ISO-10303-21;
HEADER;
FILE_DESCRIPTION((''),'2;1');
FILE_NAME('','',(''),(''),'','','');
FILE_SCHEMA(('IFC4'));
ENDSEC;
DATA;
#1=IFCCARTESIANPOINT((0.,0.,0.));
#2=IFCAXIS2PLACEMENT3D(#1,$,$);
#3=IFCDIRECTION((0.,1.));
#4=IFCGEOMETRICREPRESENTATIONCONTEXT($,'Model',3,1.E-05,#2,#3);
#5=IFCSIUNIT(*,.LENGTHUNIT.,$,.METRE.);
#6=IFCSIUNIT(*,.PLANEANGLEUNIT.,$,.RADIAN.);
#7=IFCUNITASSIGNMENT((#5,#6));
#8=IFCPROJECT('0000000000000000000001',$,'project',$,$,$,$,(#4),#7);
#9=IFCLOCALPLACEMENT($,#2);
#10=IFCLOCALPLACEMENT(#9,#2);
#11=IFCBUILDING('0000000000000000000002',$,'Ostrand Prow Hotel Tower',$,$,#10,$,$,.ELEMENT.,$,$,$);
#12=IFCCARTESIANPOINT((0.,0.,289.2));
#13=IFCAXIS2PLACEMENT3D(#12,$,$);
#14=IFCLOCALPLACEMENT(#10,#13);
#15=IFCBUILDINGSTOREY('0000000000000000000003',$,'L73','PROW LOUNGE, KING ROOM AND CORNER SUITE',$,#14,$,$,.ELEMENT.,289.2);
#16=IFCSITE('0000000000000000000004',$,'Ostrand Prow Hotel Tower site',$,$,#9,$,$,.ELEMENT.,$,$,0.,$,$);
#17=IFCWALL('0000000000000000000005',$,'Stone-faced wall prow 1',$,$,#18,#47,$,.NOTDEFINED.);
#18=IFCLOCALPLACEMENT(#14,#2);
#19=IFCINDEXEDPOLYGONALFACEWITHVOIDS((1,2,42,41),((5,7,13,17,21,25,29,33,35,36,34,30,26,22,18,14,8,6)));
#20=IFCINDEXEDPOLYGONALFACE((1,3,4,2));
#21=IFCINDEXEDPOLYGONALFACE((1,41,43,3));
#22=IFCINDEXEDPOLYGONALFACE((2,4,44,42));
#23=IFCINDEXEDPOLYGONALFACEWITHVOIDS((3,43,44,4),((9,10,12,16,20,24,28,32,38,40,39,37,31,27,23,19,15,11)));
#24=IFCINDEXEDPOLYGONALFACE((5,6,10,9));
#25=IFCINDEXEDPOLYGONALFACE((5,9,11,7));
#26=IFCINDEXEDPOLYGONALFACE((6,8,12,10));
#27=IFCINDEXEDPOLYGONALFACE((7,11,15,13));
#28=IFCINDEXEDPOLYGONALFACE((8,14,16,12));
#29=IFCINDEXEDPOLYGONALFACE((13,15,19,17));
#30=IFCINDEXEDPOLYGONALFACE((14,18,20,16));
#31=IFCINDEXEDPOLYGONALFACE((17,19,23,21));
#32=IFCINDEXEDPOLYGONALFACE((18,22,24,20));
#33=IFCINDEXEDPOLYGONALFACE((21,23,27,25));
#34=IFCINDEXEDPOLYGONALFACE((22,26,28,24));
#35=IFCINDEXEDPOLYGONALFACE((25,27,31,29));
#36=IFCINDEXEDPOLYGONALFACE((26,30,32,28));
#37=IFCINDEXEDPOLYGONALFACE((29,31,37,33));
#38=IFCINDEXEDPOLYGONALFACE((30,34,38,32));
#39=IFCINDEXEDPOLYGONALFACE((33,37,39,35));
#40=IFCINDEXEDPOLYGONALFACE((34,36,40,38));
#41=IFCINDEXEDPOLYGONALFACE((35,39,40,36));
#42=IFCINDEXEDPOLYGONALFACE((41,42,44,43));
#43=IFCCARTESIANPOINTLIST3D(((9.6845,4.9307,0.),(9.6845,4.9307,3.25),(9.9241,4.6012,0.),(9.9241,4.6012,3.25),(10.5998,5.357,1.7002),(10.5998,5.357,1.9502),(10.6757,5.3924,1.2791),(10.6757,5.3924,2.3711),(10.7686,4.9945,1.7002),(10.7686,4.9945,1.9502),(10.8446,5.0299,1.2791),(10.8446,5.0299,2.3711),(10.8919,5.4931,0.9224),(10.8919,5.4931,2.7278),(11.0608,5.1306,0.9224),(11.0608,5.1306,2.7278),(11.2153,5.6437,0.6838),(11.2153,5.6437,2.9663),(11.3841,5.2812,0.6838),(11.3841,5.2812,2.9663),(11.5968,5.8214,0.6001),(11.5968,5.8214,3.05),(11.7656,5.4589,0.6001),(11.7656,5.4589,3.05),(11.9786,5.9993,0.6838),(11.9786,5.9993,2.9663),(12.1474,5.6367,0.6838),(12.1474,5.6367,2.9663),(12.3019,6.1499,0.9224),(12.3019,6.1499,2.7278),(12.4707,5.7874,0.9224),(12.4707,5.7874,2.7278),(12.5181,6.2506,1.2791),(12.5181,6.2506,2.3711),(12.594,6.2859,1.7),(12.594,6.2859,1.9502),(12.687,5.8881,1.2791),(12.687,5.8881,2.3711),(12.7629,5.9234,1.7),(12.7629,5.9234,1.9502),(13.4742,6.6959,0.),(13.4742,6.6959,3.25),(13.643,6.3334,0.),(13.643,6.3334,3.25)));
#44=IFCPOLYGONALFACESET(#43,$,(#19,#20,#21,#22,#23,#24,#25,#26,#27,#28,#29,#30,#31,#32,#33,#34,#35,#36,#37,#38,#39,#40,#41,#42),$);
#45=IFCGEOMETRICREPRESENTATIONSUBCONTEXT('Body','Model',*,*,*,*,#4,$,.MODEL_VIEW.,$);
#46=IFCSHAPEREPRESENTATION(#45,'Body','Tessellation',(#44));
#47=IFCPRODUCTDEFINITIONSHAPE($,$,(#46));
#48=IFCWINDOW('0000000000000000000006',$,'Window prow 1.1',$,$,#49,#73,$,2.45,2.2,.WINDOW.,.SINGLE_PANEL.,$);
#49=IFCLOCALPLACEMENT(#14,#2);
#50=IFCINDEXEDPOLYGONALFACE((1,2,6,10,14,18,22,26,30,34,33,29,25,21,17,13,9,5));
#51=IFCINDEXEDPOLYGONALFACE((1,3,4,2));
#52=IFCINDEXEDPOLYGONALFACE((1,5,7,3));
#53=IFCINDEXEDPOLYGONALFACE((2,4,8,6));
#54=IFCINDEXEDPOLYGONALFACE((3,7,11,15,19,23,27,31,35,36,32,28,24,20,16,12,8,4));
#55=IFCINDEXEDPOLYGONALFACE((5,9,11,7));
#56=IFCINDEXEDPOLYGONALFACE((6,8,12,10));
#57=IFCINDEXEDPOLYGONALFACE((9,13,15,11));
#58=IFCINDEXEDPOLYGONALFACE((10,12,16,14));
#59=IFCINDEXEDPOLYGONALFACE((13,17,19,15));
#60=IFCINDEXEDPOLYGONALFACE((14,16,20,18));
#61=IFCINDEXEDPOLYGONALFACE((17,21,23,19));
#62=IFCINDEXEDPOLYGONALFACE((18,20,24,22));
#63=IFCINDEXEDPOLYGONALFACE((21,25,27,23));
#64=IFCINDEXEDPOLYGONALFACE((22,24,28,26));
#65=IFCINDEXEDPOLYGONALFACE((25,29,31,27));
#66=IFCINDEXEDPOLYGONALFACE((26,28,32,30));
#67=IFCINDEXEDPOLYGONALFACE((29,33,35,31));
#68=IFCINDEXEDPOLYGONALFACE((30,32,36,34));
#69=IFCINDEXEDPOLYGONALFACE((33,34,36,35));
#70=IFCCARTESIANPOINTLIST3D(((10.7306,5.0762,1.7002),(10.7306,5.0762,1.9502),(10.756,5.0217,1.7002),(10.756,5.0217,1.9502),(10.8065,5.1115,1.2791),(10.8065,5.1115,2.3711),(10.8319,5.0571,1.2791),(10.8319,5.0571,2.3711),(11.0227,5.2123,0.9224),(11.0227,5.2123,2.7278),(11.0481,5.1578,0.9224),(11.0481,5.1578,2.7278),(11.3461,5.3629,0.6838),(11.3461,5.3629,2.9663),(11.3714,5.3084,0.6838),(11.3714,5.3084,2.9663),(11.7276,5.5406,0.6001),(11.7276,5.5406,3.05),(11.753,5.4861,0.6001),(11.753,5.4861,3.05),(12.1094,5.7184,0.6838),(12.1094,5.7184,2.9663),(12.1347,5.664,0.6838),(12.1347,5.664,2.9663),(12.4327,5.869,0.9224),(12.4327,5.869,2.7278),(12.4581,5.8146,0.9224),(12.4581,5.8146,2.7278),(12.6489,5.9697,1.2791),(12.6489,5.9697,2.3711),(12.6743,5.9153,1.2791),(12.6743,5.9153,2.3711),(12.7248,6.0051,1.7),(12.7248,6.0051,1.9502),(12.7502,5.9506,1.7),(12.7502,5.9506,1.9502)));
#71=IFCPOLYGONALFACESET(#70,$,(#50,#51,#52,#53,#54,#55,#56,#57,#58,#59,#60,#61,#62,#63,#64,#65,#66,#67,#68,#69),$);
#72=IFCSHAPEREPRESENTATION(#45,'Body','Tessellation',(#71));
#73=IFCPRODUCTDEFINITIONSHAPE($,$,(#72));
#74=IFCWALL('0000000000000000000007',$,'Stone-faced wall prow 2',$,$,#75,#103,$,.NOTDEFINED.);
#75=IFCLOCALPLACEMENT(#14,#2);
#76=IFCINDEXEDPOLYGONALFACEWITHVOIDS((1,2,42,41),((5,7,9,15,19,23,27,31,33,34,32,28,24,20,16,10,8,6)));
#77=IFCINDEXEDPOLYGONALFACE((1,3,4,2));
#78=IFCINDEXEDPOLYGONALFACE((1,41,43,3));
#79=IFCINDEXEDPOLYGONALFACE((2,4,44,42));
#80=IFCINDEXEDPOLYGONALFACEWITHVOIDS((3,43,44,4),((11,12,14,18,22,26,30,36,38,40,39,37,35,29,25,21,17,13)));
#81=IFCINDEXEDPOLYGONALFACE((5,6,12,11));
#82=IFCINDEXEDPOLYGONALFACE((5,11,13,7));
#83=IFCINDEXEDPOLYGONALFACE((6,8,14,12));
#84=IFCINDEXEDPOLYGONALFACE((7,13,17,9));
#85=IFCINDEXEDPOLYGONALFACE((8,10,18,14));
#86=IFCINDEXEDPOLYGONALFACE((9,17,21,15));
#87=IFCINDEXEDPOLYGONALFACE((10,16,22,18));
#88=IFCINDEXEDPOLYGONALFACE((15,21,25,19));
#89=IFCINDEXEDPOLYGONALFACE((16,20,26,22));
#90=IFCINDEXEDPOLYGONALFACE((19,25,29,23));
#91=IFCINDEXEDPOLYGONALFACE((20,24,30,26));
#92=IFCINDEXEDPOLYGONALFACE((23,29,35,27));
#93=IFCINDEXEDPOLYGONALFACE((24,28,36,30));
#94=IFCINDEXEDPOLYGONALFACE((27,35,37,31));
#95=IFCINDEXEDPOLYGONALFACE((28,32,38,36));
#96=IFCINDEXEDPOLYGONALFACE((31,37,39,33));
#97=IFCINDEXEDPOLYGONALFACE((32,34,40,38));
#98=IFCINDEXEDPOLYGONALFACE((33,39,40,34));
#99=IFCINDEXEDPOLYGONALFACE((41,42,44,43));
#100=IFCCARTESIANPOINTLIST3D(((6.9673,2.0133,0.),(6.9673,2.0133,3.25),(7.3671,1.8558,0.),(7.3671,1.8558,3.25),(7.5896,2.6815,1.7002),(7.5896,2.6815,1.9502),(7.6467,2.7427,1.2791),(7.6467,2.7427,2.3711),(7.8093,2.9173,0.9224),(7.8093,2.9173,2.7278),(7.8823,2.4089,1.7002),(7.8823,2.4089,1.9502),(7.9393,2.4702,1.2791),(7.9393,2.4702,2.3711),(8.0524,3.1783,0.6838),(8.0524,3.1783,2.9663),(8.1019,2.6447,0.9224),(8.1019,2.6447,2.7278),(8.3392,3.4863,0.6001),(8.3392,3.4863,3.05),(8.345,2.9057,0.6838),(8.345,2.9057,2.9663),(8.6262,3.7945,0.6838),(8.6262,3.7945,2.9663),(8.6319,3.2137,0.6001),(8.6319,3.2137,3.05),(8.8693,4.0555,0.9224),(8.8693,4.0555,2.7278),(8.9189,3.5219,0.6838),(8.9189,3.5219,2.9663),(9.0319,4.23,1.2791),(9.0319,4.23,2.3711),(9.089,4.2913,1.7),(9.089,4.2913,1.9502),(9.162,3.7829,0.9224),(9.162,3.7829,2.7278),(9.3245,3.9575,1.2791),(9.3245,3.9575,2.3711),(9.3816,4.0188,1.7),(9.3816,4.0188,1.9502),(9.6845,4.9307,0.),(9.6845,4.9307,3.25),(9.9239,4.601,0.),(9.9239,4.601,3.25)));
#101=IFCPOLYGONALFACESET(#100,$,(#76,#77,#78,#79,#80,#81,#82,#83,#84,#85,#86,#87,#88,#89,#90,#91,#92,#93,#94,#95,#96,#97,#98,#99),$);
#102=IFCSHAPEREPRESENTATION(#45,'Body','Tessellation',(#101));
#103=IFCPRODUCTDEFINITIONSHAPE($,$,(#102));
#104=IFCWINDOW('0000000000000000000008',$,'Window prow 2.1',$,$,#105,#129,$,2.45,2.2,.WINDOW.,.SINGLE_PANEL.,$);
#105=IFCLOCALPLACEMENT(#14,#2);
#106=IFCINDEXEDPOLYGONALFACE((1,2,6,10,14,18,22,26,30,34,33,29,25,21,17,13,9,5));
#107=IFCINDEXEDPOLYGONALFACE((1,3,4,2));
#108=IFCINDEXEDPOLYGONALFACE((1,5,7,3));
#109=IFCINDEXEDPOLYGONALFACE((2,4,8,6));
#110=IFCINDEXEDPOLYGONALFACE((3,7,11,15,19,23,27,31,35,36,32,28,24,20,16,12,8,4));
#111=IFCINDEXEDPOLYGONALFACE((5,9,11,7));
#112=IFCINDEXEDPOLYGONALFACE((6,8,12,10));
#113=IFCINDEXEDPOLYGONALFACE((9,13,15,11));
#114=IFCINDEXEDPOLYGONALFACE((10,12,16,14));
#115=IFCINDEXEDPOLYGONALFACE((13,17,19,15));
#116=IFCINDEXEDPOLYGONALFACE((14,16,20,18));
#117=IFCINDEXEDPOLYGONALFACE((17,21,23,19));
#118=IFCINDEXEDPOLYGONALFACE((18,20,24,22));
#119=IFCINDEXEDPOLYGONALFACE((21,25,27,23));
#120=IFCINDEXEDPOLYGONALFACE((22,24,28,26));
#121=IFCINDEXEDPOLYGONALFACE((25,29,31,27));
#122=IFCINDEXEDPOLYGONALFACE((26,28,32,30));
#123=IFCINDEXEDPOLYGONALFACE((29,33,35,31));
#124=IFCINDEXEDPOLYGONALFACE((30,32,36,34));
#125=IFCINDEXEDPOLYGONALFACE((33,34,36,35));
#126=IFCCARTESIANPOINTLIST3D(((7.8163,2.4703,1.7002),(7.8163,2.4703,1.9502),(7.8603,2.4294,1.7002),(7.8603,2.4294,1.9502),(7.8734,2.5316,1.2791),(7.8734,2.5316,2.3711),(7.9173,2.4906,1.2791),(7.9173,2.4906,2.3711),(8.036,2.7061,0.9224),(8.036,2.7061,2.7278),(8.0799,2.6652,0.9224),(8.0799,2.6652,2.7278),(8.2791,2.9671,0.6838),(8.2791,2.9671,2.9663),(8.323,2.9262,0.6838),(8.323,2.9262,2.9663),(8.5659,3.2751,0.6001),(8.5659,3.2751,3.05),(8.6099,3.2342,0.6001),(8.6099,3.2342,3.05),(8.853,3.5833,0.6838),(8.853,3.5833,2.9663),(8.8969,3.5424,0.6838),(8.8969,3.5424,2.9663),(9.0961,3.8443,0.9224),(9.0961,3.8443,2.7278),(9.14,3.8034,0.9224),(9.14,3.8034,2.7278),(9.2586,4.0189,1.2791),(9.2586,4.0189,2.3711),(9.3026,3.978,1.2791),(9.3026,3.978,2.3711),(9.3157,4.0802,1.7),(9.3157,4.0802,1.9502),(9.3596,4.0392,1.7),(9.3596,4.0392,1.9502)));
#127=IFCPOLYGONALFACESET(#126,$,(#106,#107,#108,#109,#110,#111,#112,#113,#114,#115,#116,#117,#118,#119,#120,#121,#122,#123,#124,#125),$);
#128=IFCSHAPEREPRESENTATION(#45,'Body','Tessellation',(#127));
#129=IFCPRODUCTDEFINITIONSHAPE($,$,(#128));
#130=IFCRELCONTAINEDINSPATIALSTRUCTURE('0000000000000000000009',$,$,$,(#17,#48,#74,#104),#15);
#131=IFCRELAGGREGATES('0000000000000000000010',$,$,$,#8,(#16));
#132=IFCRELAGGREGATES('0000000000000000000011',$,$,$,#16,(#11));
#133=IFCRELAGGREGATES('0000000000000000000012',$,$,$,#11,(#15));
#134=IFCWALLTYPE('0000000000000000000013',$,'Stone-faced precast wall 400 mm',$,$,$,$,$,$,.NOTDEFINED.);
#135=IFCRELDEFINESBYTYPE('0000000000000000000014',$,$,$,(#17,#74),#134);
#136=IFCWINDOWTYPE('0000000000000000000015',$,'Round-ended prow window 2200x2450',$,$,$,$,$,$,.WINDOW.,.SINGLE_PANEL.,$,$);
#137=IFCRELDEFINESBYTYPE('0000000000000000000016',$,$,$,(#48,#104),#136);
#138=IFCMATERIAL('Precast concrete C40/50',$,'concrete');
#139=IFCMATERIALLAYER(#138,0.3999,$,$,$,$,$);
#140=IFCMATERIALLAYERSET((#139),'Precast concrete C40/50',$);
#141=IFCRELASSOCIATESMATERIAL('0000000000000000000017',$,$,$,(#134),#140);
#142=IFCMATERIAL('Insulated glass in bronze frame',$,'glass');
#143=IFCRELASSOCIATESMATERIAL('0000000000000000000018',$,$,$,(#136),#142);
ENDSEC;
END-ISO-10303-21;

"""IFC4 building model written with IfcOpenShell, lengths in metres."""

from ifc_helpers import new_model, si_unit, direction, frame, origin, place, context, subcontext, project, spatial, polyline, outline, extrude, material, layer, layer_set, type_object, element, fill, save


model = new_model("IFC4")

# Units and contexts
model_context = context("Model", 3, precision=1e-05, world=origin(), true_north=direction((0.0, 1.0)))
body_context = subcontext(model_context, "Body", "Model", "MODEL_VIEW")
ifc_project = project(units=[si_unit("LENGTHUNIT", "METRE"), si_unit("PLANEANGLEUNIT", "RADIAN")], contexts=[model_context])

# Site, building, storey
site_placement = place(None, origin())
site = spatial("IfcSite", under=ifc_project, at=site_placement, Name="Ostrand Prow Hotel Tower site", CompositionType="ELEMENT", RefElevation=0.0)
building_placement = place(site_placement, origin())
building = spatial("IfcBuilding", under=site, at=building_placement, Name="Ostrand Prow Hotel Tower", CompositionType="ELEMENT")
storey_placement = place(building_placement, frame((0.0, 0.0, 289.2)))
storey = spatial("IfcBuildingStorey", under=building, at=storey_placement, Name="L73", Description="PROW LOUNGE, KING ROOM AND CORNER SUITE", CompositionType="ELEMENT", Elevation=289.2)

# Walls, openings, windows
ifc_material_1 = material(Name="Precast concrete C40/50", Category="concrete")
ifc_layer_1 = layer(ifc_material_1, 0.3999)
ifc_layer_set_1 = layer_set([ifc_layer_1], Name="Precast concrete C40/50")
wall_type_1 = type_object("IfcWallType", Name="Stone-faced precast wall 400 mm", PredefinedType="NOTDEFINED", material=ifc_layer_set_1)
wall_1_placement = place(storey_placement, frame((13.5586, 6.5146, 0.0), z_axis=(0.0, 0.0, 1.0), x_axis=(-0.906486, -0.422237, 0.0)))
wall_1 = element("IfcWall", 1, at=wall_1_placement, inside=storey, type_object=wall_type_1, Name="Stone-faced wall prow 1", PredefinedType="NOTDEFINED", context=body_context, shape_type="SweptSolid", body=[
    extrude(outline(polyline([(0.0, -0.2), (4.1807, -0.2), (4.1025, 0.2), (0.0, 0.2), (0.0, -0.2)])), origin(), (0.0, 0.0, 1.0), 3.25),
])
opening_1_placement = place(wall_1_placement, frame((0.9709, 0.0, 0.6001)))
opening_1 = element("IfcOpeningElement", 2, at=opening_1_placement, cuts=wall_1, PredefinedType="OPENING", context=body_context, shape_type="SweptSolid", body=[
    extrude(outline(polyline([(0.0, 1.3501), (0.0837, 1.771), (0.3223, 2.1277), (0.679, 2.3662), (1.1001, 2.45), (1.521, 2.3662), (1.8777, 2.1277), (2.1162, 1.771), (2.2, 1.3501), (2.2, 1.1001), (2.1162, 0.679), (1.8777, 0.3223), (1.521, 0.0837), (1.1001, 0.0), (0.679, 0.0837), (0.3223, 0.3223), (0.0837, 0.679), (0.0, 1.0999), (0.0, 1.3501)])), frame((0.0, 0.21, 0.0), z_axis=(0.0, -1.0, 0.0), x_axis=(1.0, 0.0, 0.0)), (0.0, 0.0, 1.0), 0.4199),
])
ifc_material_2 = material(Name="Insulated glass in bronze frame", Category="glass")
window_type = type_object("IfcWindowType", Name="Round-ended prow window 2200x2450", PartitioningType="SINGLE_PANEL", PredefinedType="WINDOW", material=ifc_material_2)
window_1_placement = place(opening_1_placement, origin())
window_1 = element("IfcWindow", 3, at=window_1_placement, inside=storey, type_object=window_type, Name="Window prow 1.1", OverallHeight=2.45, OverallWidth=2.2, PartitioningType="SINGLE_PANEL", PredefinedType="WINDOW", context=body_context, shape_type="SweptSolid", body=[
    extrude(outline(polyline([(0.0, 1.3501), (0.0837, 1.771), (0.3223, 2.1277), (0.679, 2.3662), (1.1001, 2.45), (1.521, 2.3662), (1.8777, 2.1277), (2.1162, 1.771), (2.2, 1.3501), (2.2, 1.1001), (2.1162, 0.679), (1.8777, 0.3223), (1.521, 0.0837), (1.1001, 0.0), (0.679, 0.0837), (0.3223, 0.3223), (0.0837, 0.679), (0.0, 1.0999), (0.0, 1.3501)])), frame((0.0, 0.1699, 0.0), z_axis=(0.0, -1.0, 0.0), x_axis=(1.0, 0.0, 0.0)), (0.0, 0.0, 1.0), 0.0601),
])
fill(opening_1, window_1)
wall_2_placement = place(storey_placement, frame((9.8042, 4.7659, 0.0), z_axis=(0.0, 0.0, 1.0), x_axis=(-0.681547, -0.731775, 0.0)))
wall_2 = element("IfcWall", 4, at=wall_2_placement, inside=storey, type_object=wall_type_1, Name="Stone-faced wall prow 2", PredefinedType="NOTDEFINED", context=body_context, shape_type="SweptSolid", body=[
    extrude(outline(polyline([(-0.0391, -0.2), (3.9478, -0.2), (3.7905, 0.2), (0.0391, 0.2), (-0.0391, -0.2)])), origin(), (0.0, 0.0, 1.0), 3.25),
])
opening_2_placement = place(wall_2_placement, frame((0.8347, 0.0, 0.6001)))
opening_2 = element("IfcOpeningElement", 5, at=opening_2_placement, cuts=wall_2, PredefinedType="OPENING", context=body_context, shape_type="SweptSolid", body=[
    extrude(outline(polyline([(0.0, 1.3501), (0.0837, 1.771), (0.3223, 2.1277), (0.679, 2.3662), (1.1001, 2.45), (1.521, 2.3662), (1.8777, 2.1277), (2.1162, 1.771), (2.2, 1.3501), (2.2, 1.1001), (2.1162, 0.679), (1.8777, 0.3223), (1.521, 0.0837), (1.1001, 0.0), (0.679, 0.0837), (0.3223, 0.3223), (0.0837, 0.679), (0.0, 1.0999), (0.0, 1.3501)])), frame((0.0, 0.21, 0.0), z_axis=(0.0, -1.0, 0.0), x_axis=(1.0, 0.0, 0.0)), (0.0, 0.0, 1.0), 0.4199),
])
window_2_placement = place(opening_2_placement, origin())
window_2 = element("IfcWindow", 6, at=window_2_placement, inside=storey, type_object=window_type, Name="Window prow 2.1", OverallHeight=2.45, OverallWidth=2.2, PartitioningType="SINGLE_PANEL", PredefinedType="WINDOW", context=body_context, shape_type="SweptSolid", body=[
    extrude(outline(polyline([(0.0, 1.3501), (0.0837, 1.771), (0.3223, 2.1277), (0.679, 2.3662), (1.1001, 2.45), (1.521, 2.3662), (1.8777, 2.1277), (2.1162, 1.771), (2.2, 1.3501), (2.2, 1.1001), (2.1162, 0.679), (1.8777, 0.3223), (1.521, 0.0837), (1.1001, 0.0), (0.679, 0.0837), (0.3223, 0.3223), (0.0837, 0.679), (0.0, 1.0999), (0.0, 1.3501)])), frame((0.0, 0.1699, 0.0), z_axis=(0.0, -1.0, 0.0), x_axis=(1.0, 0.0, 0.0)), (0.0, 0.0, 1.0), 0.0601),
])
fill(opening_2, window_2)

save(model, "model.ifc")
